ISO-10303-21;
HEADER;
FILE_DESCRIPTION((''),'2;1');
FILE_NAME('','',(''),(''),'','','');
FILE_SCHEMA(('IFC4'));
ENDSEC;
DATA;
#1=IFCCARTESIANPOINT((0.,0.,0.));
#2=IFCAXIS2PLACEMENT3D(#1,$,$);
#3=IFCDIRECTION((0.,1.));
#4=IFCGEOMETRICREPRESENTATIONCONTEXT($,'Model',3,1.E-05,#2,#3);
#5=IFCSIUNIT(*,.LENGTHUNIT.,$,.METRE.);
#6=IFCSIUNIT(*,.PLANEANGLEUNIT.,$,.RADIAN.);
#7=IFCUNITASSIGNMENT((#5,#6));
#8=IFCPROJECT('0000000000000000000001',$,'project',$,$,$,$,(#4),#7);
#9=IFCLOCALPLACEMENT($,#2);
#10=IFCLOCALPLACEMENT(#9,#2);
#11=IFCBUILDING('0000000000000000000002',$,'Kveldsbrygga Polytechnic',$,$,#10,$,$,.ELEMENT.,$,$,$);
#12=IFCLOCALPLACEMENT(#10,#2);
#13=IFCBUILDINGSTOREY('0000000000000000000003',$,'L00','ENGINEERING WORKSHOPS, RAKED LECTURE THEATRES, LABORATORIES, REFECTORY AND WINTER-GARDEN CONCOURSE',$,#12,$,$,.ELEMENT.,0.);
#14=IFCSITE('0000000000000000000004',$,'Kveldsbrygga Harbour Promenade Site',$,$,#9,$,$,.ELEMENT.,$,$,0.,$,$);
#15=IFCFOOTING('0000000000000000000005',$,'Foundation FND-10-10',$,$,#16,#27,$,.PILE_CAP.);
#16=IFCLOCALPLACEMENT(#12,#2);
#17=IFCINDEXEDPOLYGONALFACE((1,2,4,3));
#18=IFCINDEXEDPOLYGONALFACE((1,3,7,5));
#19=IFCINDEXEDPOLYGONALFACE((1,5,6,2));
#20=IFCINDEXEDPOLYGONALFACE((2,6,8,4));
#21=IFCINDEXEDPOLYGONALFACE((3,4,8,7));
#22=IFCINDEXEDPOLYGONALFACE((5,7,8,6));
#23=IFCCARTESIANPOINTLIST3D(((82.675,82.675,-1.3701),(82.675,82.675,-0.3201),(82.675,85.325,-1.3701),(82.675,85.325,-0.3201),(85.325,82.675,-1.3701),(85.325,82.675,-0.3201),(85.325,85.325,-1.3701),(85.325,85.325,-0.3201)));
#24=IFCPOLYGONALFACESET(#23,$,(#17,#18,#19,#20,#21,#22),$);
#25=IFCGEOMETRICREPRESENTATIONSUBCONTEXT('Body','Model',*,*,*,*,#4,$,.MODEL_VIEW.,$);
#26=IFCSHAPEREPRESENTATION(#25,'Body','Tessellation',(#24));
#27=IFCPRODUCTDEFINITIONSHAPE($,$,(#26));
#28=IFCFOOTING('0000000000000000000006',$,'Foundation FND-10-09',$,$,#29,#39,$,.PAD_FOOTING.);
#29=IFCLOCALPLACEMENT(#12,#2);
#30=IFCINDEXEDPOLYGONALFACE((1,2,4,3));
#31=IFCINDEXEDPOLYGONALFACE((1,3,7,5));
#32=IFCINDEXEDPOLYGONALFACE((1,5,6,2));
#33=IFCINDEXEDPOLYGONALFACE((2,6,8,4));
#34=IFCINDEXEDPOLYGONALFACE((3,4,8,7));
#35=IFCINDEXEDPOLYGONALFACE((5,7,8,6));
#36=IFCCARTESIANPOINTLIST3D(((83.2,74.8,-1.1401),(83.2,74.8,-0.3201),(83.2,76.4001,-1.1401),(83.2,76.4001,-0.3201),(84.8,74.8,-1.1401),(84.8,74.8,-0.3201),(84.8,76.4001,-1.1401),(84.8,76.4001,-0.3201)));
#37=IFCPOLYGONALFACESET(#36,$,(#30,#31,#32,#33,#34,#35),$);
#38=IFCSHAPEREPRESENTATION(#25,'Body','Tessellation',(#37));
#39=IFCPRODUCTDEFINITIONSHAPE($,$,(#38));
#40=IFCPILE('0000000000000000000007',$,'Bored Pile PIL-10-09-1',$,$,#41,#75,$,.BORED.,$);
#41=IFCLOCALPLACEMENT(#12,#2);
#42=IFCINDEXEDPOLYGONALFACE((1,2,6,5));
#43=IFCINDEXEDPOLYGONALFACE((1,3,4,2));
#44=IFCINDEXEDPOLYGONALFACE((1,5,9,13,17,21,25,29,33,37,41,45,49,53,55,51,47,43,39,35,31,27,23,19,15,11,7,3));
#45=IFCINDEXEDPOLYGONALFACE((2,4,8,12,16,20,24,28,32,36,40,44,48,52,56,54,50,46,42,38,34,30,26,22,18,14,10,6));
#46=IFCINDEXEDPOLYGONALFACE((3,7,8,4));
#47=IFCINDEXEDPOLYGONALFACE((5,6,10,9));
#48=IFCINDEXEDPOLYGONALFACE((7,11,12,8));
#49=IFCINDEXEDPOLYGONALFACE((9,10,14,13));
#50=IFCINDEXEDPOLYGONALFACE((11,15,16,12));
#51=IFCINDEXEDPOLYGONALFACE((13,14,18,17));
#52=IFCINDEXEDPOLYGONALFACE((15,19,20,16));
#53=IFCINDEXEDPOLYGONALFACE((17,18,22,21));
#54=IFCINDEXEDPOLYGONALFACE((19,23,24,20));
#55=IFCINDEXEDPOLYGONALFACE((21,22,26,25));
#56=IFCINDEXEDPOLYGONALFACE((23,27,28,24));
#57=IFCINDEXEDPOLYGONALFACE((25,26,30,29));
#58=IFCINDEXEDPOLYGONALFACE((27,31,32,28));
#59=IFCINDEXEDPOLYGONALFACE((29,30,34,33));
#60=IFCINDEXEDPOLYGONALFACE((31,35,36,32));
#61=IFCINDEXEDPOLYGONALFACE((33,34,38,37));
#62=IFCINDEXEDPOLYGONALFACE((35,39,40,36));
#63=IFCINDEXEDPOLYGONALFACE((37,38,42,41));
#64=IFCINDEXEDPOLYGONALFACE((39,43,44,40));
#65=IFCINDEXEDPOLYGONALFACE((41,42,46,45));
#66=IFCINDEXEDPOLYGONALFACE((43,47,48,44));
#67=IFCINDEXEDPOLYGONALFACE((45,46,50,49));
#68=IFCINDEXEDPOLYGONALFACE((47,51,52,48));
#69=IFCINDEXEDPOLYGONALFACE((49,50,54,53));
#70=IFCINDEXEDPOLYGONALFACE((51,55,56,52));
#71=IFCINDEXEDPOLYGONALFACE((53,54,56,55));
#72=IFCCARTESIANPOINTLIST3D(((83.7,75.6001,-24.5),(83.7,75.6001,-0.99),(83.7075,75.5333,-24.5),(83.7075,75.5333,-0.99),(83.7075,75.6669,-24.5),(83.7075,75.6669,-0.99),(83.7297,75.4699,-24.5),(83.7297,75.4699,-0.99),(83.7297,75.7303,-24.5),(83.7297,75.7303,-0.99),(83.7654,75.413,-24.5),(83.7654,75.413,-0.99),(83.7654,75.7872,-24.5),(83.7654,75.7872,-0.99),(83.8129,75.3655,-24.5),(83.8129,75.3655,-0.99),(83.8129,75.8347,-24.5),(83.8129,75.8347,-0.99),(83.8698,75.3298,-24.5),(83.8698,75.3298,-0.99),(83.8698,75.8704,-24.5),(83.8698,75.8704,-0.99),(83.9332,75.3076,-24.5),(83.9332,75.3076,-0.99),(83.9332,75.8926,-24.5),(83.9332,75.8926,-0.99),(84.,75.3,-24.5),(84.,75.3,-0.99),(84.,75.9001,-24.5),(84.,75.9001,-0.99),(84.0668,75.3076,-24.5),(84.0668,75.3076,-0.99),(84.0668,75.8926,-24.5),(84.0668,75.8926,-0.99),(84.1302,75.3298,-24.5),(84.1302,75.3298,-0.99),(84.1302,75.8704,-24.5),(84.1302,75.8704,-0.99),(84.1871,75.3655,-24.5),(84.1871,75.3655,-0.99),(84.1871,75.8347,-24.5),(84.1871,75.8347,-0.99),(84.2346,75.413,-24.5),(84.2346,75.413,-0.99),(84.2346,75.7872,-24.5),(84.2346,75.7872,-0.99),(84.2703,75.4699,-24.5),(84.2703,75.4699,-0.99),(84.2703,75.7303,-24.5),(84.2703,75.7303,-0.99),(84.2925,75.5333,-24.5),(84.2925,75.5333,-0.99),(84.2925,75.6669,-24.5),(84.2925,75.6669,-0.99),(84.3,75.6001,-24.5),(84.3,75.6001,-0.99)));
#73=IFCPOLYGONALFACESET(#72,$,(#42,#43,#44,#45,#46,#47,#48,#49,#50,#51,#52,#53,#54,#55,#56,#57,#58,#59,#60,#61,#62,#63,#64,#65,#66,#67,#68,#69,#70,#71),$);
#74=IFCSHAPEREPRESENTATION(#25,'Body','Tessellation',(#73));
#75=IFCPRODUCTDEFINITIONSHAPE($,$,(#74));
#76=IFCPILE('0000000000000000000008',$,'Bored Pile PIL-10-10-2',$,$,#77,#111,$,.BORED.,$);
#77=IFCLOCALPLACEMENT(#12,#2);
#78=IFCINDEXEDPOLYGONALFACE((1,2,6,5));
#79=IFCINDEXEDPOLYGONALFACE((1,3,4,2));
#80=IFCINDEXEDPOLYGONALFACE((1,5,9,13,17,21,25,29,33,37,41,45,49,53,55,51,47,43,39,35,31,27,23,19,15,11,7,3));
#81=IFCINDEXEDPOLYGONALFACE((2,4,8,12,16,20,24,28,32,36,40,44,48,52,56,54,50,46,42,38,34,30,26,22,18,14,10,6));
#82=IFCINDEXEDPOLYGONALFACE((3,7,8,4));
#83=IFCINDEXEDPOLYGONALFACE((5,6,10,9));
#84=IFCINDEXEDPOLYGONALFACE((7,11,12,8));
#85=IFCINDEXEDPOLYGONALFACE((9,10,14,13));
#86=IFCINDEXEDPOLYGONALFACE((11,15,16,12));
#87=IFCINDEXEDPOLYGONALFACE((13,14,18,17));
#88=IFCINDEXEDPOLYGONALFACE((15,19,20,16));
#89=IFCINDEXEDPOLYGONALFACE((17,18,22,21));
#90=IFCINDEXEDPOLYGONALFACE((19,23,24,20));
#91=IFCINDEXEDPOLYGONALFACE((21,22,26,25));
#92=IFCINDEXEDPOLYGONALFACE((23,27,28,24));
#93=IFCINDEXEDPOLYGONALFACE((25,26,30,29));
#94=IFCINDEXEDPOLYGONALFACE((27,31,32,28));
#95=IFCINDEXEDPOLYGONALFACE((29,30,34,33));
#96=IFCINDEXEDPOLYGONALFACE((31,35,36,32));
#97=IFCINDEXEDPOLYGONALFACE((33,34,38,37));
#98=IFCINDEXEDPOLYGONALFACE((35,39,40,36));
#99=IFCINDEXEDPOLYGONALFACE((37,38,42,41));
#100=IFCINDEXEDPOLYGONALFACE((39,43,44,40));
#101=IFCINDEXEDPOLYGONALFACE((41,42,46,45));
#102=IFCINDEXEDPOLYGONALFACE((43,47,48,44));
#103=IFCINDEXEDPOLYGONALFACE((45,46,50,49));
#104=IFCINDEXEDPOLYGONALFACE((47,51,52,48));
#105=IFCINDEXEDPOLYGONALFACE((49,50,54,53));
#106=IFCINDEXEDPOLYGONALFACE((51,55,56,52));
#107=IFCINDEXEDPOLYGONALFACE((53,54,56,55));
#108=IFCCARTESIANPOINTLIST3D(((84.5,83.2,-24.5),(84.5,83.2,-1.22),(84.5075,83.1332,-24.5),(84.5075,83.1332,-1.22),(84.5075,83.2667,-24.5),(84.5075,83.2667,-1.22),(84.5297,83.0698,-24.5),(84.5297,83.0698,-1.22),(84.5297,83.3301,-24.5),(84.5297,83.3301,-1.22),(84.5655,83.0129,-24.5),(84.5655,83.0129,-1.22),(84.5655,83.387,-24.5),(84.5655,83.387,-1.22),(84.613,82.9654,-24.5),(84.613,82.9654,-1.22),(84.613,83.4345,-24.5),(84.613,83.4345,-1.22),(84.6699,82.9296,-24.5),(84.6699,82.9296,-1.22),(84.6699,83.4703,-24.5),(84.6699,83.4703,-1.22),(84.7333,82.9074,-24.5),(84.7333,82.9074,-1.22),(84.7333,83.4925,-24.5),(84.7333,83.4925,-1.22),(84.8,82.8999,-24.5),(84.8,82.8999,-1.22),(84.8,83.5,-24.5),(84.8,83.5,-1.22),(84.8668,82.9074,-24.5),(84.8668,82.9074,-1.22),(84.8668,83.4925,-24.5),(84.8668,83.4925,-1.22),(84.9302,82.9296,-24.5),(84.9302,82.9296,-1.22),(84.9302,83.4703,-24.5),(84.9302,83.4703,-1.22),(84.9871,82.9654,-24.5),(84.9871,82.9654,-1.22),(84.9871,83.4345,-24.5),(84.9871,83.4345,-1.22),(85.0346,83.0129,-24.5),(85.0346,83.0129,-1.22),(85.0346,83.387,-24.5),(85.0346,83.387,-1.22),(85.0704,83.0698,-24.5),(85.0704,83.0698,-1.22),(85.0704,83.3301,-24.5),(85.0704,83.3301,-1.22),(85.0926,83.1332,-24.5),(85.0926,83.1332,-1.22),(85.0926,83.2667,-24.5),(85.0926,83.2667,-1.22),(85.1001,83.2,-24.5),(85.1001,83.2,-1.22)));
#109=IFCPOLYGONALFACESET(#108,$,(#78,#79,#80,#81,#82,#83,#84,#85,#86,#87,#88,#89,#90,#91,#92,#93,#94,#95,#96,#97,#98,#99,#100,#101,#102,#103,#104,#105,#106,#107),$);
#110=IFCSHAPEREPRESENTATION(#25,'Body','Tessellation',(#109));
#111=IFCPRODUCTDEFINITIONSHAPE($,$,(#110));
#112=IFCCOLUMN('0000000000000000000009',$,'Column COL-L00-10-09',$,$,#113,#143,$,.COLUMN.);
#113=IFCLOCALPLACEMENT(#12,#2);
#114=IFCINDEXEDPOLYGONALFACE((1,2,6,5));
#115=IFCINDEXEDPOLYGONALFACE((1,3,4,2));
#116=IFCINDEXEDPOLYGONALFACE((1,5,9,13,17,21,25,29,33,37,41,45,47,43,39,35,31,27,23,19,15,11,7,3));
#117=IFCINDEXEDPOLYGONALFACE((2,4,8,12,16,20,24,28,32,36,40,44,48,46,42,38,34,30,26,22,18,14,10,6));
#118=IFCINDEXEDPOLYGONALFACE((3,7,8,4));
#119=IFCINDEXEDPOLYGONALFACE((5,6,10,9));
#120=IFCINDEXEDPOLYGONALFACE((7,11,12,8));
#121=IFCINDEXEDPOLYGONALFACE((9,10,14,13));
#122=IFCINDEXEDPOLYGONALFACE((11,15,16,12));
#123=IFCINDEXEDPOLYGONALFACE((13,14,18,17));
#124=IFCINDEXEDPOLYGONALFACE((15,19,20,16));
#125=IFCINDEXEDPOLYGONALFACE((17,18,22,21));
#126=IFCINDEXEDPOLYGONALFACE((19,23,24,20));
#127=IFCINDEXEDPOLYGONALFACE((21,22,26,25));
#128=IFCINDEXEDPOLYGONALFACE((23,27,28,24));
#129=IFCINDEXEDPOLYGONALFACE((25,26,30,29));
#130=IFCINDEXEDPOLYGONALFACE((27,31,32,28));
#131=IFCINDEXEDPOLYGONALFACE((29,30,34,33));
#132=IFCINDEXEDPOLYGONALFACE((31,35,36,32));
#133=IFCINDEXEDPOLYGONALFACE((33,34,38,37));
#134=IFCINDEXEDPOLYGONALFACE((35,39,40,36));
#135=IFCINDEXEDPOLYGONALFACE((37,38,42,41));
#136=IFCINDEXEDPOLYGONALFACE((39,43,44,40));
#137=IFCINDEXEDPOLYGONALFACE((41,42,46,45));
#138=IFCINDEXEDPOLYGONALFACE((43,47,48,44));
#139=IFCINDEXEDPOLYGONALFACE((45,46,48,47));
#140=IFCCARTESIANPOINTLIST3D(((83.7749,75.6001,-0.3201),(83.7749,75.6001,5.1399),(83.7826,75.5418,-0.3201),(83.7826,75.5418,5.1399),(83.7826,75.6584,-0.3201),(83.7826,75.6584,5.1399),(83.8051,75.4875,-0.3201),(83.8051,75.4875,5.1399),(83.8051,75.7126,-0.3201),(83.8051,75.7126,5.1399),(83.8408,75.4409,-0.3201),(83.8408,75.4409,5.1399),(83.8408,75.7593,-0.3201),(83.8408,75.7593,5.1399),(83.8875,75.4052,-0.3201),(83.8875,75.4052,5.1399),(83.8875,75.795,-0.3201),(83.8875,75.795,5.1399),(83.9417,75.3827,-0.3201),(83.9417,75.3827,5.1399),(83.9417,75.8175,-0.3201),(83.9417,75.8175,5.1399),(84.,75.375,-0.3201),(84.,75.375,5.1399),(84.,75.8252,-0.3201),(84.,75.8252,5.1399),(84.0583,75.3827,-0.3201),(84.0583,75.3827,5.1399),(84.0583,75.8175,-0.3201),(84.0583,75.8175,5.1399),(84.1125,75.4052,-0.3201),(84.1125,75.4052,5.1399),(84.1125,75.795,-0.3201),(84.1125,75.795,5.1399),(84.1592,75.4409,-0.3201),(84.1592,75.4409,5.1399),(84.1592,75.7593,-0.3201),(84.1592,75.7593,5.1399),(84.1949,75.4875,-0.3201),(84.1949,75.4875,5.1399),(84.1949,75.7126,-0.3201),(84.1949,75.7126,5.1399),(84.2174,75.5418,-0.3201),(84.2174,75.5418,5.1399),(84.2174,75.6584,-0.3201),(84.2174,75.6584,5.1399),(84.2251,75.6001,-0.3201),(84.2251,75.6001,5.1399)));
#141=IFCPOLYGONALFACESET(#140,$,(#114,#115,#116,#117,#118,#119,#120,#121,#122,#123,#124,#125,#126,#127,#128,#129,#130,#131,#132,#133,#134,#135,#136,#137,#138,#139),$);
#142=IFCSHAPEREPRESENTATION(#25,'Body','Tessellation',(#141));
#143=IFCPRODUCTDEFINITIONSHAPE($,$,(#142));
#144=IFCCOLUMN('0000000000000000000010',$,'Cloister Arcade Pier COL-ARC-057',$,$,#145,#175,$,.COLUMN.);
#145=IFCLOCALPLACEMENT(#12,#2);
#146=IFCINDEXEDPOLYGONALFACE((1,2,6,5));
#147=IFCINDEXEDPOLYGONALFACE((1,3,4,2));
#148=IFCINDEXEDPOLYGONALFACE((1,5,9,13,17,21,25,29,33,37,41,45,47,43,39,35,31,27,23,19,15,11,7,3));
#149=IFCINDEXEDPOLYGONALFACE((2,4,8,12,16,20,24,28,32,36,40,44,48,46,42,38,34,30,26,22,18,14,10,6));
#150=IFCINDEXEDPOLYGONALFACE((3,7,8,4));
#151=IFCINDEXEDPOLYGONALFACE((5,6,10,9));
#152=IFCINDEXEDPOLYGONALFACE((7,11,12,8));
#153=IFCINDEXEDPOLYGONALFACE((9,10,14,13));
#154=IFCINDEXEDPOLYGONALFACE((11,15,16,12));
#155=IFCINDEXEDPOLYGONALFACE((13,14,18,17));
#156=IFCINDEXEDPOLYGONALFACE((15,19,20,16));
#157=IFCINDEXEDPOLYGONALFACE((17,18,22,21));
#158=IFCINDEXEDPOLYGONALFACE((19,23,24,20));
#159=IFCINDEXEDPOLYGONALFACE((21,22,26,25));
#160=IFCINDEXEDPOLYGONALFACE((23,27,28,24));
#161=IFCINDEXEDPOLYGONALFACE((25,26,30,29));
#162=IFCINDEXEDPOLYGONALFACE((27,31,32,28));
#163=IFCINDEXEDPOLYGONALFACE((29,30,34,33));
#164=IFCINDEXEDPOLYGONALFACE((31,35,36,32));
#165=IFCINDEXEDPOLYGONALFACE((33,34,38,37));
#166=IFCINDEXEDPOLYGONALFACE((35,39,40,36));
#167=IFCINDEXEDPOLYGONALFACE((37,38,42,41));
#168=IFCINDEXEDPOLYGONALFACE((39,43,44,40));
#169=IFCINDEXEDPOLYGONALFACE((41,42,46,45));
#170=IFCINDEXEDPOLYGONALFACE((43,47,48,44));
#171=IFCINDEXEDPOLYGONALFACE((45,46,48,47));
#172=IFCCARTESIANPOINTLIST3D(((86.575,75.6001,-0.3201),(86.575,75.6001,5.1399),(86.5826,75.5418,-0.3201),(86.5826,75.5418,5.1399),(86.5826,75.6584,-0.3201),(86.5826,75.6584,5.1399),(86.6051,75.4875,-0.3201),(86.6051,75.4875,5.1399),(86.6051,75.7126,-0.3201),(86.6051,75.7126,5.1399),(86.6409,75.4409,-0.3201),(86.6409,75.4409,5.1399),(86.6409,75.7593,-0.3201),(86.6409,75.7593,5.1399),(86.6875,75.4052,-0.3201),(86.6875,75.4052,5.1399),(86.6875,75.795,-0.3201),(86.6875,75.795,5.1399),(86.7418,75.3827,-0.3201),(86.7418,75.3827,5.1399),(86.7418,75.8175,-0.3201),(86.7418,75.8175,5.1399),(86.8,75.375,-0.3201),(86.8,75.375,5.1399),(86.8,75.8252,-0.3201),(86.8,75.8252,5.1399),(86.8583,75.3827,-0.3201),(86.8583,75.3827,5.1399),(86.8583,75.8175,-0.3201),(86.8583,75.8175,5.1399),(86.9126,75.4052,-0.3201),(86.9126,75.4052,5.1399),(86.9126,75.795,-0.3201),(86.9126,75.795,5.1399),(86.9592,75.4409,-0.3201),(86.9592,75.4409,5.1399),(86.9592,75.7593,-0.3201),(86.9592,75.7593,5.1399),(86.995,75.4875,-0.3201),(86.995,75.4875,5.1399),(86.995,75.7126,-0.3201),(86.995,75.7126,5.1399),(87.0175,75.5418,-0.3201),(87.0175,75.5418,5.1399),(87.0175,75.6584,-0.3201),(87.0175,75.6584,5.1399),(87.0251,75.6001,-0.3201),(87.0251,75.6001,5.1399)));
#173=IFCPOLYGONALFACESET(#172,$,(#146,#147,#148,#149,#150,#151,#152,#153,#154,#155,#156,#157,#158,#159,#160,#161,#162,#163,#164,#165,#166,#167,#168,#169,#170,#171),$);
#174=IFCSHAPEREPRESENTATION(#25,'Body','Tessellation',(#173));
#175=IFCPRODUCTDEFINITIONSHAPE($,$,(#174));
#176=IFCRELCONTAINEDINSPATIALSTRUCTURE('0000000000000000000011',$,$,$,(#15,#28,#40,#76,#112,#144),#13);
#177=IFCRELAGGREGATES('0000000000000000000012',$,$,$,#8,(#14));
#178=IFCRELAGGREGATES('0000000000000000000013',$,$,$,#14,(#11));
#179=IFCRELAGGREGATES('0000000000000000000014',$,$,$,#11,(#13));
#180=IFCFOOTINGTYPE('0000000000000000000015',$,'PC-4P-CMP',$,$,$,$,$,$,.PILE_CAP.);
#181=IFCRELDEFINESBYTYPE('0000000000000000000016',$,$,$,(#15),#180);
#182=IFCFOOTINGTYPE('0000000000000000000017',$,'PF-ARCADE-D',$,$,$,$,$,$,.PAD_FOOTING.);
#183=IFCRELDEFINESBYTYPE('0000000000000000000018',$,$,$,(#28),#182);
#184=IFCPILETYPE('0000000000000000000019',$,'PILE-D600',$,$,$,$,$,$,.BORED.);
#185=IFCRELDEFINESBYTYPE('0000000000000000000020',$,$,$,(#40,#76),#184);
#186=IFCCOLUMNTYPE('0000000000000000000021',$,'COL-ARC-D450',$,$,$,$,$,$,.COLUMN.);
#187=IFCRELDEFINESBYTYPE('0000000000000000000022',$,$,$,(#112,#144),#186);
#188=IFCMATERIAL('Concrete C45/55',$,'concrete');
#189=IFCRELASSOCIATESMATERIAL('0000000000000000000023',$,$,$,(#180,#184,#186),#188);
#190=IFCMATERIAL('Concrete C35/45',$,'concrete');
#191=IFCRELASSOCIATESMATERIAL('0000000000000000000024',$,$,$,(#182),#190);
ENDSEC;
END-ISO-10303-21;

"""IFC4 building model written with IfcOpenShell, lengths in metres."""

from ifc_helpers import new_model, si_unit, direction, frame, origin, origin_2d, place, context, subcontext, project, spatial, rectangle, circle, extrude, material, material_profile, profile_set, type_object, element, save


model = new_model("IFC4")

# Units and contexts
model_context = context("Model", 3, precision=1e-05, world=origin(), true_north=direction((0.0, 1.0)))
body_context = subcontext(model_context, "Body", "Model", "MODEL_VIEW")
ifc_project = project(units=[si_unit("LENGTHUNIT", "METRE"), si_unit("PLANEANGLEUNIT", "RADIAN")], contexts=[model_context])

# Site, building, storey
site_placement = place(None, origin())
site = spatial("IfcSite", under=ifc_project, at=site_placement, Name="Kveldsbrygga Harbour Promenade Site", CompositionType="ELEMENT", RefElevation=0.0)
building_placement = place(site_placement, origin())
building = spatial("IfcBuilding", under=site, at=building_placement, Name="Kveldsbrygga Polytechnic", CompositionType="ELEMENT")
storey_placement = place(building_placement, origin())
storey = spatial("IfcBuildingStorey", under=building, at=storey_placement, Name="L00", Description="ENGINEERING WORKSHOPS, RAKED LECTURE THEATRES, LABORATORIES, REFECTORY AND WINTER-GARDEN CONCOURSE", CompositionType="ELEMENT", Elevation=0.0)

# Footings
ifc_material_1 = material(Name="Concrete C45/55", Category="concrete")
footing_type_1 = type_object("IfcFootingType", Name="PC-4P-CMP", PredefinedType="PILE_CAP", material=ifc_material_1)
footing_1_placement = place(storey_placement, frame((84.0, 84.0, -1.3701), z_axis=(0.0, 0.0, 1.0), x_axis=(1.0, 0.0, 0.0)))
element("IfcFooting", 1, at=footing_1_placement, inside=storey, type_object=footing_type_1, Name="Foundation FND-10-10", PredefinedType="PILE_CAP", context=body_context, shape_type="SweptSolid", body=[
    extrude(rectangle(XDim=2.6499, YDim=2.6499, at=origin_2d()), origin(), (0.0, 0.0, 1.0), 1.05),
])
ifc_material_2 = material(Name="Concrete C35/45", Category="concrete")
footing_type_2 = type_object("IfcFootingType", Name="PF-ARCADE-D", PredefinedType="PAD_FOOTING", material=ifc_material_2)
footing_2_placement = place(storey_placement, frame((84.0, 75.6001, -1.1401), z_axis=(0.0, 0.0, 1.0), x_axis=(1.0, 0.0, 0.0)))
element("IfcFooting", 2, at=footing_2_placement, inside=storey, type_object=footing_type_2, Name="Foundation FND-10-09", PredefinedType="PAD_FOOTING", context=body_context, shape_type="SweptSolid", body=[
    extrude(rectangle(XDim=1.6001, YDim=1.6001, at=origin_2d()), origin(), (0.0, 0.0, 1.0), 0.8201),
])

# Piles
ifc_material_profile_1 = material_profile(ifc_material_1, circle(Radius=0.3, at=origin_2d()), Name="PILE D600")
ifc_profile_set_1 = profile_set([ifc_material_profile_1], Name="Concrete C45/55")
pile_type = type_object("IfcPileType", Name="PILE-D600", PredefinedType="BORED", material=ifc_profile_set_1)
pile_1_placement = place(storey_placement, frame((84.0, 75.6001, -0.99), z_axis=(0.0, 0.0, -1.0), x_axis=(1.0, 0.0, 0.0)))
element("IfcPile", 3, at=pile_1_placement, inside=storey, type_object=pile_type, Name="Bored Pile PIL-10-09-1", PredefinedType="BORED", context=body_context, shape_type="SweptSolid", body=[
    extrude(circle(Radius=0.3, at=origin_2d()), origin(), (0.0, 0.0, 1.0), 23.51),
])
pile_2_placement = place(storey_placement, frame((84.8, 83.2, -1.22), z_axis=(0.0, 0.0, -1.0), x_axis=(1.0, 0.0, 0.0)))
element("IfcPile", 4, at=pile_2_placement, inside=storey, type_object=pile_type, Name="Bored Pile PIL-10-10-2", PredefinedType="BORED", context=body_context, shape_type="SweptSolid", body=[
    extrude(circle(Radius=0.3, at=origin_2d()), origin(), (0.0, 0.0, 1.0), 23.28),
])

# Columns
ifc_material_profile_2 = material_profile(ifc_material_1, circle(Radius=0.2251, at=origin_2d()), Name="RC D450")
ifc_profile_set_2 = profile_set([ifc_material_profile_2], Name="Concrete C45/55")
column_type_1 = type_object("IfcColumnType", Name="COL-ARC-D450", PredefinedType="COLUMN", material=ifc_profile_set_2)
for number, where, z_axis, x_axis, name in (
    (5, (84.0, 75.6001, -0.3201), (0.0, 0.0, 1.0), (1.0, 0.0, 0.0), "Column COL-L00-10-09"),
    (6, (86.8, 75.6001, -0.3201), (0.0, 0.0, 1.0), (1.0, 0.0, 0.0), "Cloister Arcade Pier COL-ARC-057"),
):
    element("IfcColumn", number, at=place(storey_placement, frame(where, z_axis=z_axis, x_axis=x_axis)), inside=storey, type_object=column_type_1, Name=name, PredefinedType="COLUMN", context=body_context, shape_type="SweptSolid", body=[
        extrude(circle(Radius=0.2251, at=origin_2d()), origin(), (0.0, 0.0, 1.0), 5.46),
    ])

save(model, "model.ifc")
